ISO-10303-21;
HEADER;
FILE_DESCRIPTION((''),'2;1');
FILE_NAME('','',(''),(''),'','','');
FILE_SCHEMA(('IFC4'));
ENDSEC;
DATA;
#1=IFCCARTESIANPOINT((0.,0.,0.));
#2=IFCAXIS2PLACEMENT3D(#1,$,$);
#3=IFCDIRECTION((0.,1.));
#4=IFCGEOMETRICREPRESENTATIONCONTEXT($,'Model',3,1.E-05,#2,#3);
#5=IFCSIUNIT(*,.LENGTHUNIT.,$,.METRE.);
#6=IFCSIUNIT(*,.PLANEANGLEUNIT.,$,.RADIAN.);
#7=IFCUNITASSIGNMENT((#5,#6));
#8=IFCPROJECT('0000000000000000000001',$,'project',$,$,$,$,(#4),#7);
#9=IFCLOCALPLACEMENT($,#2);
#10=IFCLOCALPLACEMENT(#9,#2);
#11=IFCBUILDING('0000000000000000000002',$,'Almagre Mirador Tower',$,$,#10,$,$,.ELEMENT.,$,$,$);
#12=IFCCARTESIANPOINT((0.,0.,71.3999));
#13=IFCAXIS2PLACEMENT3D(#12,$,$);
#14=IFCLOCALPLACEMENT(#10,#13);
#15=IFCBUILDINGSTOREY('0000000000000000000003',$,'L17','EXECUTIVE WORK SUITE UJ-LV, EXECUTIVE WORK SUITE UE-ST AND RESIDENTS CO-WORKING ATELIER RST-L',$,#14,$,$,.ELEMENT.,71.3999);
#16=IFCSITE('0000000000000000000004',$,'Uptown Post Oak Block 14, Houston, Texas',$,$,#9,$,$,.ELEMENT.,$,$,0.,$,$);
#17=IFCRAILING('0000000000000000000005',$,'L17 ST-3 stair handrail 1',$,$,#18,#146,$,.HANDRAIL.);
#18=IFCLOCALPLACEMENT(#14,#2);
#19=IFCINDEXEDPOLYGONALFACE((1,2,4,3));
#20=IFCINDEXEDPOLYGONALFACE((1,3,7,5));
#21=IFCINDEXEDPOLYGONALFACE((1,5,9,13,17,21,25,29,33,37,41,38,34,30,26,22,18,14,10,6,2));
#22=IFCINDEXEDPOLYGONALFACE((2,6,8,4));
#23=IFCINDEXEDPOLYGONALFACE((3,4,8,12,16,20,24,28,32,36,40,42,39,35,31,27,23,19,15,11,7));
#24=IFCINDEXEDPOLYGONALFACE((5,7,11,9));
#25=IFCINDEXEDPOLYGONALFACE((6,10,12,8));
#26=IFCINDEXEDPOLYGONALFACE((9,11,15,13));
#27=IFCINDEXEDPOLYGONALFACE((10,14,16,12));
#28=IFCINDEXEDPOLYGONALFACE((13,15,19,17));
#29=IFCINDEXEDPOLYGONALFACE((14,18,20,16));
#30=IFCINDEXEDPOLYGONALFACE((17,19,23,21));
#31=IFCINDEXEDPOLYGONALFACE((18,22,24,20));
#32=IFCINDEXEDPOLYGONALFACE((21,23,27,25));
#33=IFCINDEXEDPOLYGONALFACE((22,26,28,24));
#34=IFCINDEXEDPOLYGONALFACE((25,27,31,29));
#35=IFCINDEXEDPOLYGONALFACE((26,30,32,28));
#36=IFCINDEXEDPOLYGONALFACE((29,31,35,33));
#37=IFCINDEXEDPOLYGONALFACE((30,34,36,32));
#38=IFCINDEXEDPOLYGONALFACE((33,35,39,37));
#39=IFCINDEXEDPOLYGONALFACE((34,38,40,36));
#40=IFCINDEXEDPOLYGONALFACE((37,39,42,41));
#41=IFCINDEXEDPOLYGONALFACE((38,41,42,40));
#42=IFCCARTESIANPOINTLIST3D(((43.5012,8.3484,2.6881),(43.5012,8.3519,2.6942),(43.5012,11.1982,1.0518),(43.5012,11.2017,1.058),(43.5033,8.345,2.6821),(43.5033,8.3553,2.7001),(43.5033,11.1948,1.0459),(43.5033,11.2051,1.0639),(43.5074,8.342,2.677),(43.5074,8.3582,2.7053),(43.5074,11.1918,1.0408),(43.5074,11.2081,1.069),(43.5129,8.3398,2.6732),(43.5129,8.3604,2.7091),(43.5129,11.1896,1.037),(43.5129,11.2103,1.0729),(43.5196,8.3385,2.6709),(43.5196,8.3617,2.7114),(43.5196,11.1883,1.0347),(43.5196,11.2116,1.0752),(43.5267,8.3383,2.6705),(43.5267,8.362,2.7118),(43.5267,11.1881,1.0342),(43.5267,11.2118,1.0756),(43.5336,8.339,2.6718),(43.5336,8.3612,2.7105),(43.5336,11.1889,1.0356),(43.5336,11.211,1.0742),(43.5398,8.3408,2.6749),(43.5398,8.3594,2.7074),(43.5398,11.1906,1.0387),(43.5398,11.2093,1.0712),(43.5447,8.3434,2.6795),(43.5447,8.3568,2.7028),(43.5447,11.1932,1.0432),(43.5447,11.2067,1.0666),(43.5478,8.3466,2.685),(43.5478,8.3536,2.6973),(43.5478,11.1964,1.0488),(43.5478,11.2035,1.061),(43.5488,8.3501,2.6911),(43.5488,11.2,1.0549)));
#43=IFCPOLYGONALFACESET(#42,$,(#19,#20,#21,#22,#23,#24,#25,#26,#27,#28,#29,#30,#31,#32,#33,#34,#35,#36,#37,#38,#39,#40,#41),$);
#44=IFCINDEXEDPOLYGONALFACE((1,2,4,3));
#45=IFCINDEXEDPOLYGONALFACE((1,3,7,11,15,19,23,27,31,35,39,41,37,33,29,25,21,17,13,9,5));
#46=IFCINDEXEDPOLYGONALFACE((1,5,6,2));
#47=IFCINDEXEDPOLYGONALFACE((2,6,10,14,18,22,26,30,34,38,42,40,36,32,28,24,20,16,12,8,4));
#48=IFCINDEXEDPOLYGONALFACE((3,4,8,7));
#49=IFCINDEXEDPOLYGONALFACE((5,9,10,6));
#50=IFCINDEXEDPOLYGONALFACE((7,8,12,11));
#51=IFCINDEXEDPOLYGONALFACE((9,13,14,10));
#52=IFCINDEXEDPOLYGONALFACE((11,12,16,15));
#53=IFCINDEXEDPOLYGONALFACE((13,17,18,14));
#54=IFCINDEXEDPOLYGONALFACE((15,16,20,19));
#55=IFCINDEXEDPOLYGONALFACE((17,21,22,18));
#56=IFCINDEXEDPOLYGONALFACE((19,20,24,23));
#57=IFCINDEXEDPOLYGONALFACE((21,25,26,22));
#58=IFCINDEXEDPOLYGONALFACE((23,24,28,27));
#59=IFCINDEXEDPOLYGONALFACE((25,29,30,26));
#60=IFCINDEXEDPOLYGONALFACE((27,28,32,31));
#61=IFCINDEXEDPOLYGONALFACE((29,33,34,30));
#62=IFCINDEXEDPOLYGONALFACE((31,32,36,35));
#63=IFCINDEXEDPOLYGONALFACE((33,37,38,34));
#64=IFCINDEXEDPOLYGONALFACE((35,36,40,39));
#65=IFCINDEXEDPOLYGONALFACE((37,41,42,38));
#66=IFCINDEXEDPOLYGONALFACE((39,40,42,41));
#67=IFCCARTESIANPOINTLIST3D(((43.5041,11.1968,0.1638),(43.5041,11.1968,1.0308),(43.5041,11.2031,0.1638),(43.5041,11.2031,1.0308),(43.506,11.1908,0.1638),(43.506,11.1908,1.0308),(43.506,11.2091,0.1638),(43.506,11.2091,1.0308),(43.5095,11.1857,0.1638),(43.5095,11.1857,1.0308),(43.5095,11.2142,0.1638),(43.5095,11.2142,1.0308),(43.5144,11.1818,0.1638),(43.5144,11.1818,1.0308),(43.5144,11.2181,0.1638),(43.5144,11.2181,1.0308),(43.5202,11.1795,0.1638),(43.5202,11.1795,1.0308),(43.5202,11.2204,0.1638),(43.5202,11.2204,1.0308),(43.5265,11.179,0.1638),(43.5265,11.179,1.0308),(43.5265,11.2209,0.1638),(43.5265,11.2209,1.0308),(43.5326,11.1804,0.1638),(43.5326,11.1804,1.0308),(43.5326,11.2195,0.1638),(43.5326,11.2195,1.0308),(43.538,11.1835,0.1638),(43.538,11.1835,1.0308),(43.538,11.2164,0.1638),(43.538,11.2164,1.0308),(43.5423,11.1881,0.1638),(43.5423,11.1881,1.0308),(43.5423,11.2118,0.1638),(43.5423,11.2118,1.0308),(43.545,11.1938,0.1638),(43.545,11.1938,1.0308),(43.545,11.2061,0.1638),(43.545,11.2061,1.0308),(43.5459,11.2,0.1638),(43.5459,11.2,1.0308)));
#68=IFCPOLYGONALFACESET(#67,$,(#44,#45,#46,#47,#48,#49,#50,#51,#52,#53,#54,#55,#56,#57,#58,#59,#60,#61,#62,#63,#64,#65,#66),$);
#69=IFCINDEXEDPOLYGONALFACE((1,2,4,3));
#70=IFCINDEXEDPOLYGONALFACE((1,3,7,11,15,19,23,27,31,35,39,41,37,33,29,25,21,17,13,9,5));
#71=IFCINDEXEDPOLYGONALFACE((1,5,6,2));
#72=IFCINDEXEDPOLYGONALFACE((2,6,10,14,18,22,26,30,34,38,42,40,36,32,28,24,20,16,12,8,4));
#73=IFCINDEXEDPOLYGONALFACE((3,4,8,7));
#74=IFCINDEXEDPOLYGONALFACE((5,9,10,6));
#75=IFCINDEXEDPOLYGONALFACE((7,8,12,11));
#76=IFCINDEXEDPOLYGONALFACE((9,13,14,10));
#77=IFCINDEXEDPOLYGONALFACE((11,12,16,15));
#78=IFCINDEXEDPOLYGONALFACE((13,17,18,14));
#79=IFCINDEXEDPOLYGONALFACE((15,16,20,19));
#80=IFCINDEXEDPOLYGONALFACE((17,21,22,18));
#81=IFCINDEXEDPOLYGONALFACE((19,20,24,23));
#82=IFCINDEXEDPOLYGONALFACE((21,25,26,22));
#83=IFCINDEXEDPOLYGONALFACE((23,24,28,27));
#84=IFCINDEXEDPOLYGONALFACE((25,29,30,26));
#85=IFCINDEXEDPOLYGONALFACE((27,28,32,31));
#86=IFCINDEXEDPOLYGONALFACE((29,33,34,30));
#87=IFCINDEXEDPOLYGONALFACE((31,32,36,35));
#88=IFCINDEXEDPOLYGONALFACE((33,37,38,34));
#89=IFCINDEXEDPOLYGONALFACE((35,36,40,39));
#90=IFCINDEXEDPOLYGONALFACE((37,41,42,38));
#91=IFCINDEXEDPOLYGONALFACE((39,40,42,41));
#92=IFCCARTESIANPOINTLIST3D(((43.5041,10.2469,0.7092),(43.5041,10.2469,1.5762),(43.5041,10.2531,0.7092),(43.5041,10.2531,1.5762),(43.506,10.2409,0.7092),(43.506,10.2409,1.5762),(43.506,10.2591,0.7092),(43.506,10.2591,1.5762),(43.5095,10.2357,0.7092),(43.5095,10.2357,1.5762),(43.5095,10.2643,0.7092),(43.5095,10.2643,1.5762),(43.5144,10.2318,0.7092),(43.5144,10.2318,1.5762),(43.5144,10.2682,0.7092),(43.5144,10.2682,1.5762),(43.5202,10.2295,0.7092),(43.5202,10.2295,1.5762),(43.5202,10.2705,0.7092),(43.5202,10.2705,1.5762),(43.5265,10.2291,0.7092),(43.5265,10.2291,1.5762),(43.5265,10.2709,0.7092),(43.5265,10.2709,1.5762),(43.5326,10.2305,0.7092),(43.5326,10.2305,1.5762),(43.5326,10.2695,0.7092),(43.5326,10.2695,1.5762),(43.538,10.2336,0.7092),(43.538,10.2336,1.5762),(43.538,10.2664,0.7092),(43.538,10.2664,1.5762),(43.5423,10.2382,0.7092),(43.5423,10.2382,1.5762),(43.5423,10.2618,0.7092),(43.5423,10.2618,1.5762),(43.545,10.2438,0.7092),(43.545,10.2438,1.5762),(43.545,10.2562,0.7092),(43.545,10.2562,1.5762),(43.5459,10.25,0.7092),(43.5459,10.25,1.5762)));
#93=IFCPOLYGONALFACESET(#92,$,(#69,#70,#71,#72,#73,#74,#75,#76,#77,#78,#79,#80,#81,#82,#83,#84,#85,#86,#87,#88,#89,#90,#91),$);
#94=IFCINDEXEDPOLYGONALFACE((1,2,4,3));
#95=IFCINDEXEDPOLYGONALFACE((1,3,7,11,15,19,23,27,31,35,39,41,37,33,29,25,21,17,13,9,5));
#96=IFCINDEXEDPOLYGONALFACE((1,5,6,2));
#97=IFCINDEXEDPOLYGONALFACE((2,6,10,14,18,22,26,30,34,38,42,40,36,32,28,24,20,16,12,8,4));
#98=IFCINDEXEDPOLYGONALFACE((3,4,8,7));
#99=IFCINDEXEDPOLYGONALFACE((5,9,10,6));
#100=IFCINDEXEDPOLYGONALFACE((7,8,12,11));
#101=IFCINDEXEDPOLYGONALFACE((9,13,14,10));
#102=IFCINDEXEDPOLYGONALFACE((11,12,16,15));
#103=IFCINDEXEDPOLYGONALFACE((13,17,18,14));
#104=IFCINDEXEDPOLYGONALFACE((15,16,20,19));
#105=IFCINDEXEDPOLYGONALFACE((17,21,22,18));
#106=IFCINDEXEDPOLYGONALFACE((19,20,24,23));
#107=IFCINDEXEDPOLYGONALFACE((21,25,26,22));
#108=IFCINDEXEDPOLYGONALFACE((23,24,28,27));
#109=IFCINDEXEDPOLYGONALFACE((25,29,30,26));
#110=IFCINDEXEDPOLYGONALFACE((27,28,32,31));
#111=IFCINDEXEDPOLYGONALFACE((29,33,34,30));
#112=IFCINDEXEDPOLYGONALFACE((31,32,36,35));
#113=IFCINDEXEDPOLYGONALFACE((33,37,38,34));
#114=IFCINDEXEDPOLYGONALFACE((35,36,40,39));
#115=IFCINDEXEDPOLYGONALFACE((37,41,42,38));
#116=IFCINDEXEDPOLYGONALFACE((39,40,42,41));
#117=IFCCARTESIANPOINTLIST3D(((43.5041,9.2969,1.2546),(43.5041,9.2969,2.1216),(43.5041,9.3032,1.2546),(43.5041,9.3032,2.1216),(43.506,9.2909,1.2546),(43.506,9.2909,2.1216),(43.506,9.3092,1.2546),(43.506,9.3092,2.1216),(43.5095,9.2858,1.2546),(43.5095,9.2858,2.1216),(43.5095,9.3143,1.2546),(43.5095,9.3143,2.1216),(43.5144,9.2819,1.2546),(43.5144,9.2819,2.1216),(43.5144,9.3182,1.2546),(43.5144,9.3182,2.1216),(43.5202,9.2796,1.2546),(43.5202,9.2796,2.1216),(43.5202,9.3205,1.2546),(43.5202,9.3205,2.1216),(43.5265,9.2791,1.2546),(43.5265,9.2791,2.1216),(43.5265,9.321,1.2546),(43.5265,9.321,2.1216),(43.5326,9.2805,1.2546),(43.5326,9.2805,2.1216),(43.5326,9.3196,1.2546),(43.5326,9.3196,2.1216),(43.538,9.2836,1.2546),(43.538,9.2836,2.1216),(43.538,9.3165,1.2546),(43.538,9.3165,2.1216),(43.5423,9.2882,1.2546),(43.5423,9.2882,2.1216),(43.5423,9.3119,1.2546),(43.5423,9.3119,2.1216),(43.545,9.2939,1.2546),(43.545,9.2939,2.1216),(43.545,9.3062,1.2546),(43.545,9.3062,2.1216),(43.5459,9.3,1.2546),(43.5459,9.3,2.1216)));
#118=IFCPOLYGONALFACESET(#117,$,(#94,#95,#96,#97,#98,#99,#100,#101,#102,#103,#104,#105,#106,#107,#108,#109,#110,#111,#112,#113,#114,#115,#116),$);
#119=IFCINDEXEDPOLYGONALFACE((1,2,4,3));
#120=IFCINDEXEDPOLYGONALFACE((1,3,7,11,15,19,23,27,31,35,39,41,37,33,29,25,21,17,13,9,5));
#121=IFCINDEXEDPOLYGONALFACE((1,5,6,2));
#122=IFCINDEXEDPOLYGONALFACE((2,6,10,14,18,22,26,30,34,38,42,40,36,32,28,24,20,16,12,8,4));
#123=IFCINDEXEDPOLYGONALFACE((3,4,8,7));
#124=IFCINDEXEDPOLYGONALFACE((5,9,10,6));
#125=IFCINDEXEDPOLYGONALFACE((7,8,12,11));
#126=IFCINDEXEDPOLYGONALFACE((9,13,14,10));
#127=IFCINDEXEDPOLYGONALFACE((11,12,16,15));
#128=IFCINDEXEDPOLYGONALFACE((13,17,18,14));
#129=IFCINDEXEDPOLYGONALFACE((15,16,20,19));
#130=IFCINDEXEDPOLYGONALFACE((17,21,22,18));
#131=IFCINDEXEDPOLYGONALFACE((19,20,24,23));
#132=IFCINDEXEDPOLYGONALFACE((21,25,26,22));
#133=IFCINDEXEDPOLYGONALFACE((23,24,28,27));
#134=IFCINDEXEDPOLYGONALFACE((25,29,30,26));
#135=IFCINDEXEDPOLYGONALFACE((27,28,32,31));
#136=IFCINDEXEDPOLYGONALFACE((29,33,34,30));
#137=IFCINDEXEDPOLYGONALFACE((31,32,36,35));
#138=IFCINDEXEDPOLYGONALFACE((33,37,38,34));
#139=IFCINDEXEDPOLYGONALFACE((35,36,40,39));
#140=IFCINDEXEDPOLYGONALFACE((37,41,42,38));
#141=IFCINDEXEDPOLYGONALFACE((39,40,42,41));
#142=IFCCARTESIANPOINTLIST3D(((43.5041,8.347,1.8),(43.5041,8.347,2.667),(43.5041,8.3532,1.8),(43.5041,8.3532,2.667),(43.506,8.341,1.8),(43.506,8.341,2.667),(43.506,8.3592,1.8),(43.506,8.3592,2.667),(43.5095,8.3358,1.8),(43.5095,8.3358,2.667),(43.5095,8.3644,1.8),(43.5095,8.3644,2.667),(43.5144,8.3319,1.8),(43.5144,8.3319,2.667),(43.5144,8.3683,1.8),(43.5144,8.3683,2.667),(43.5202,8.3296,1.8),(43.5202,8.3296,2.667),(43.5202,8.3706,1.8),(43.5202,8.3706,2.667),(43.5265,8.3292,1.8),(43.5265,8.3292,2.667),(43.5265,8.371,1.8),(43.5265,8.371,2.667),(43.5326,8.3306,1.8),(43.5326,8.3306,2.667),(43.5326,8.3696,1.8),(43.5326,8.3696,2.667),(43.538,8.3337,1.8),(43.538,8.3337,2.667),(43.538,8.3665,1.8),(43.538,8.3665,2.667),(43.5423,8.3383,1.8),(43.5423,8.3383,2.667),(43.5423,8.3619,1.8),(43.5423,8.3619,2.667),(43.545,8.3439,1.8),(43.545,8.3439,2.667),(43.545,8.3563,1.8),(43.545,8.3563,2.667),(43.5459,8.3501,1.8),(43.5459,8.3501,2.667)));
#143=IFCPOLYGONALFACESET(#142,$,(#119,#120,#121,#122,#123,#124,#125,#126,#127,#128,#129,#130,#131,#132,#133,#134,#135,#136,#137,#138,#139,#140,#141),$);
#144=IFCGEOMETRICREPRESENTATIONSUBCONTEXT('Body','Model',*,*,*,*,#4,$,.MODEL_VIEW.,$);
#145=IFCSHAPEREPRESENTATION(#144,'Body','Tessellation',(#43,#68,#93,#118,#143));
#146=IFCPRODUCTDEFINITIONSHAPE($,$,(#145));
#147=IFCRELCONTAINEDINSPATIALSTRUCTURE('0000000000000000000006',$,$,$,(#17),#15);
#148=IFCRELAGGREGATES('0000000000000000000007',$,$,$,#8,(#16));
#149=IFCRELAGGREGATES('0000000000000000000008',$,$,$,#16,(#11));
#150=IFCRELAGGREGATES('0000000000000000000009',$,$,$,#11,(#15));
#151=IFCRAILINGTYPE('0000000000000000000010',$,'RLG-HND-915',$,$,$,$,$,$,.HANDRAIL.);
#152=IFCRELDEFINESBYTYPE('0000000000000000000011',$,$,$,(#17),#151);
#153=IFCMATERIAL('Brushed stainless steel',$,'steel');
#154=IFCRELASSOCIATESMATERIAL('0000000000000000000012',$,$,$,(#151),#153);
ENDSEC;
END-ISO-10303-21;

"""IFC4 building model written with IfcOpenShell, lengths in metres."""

from ifc_helpers import new_model, si_unit, direction, frame, origin, origin_2d, place, context, subcontext, project, spatial, circle, extrude, material, type_object, element, save


model = new_model("IFC4")

# Units and contexts
model_context = context("Model", 3, precision=1e-05, world=origin(), true_north=direction((0.0, 1.0)))
body_context = subcontext(model_context, "Body", "Model", "MODEL_VIEW")
ifc_project = project(units=[si_unit("LENGTHUNIT", "METRE"), si_unit("PLANEANGLEUNIT", "RADIAN")], contexts=[model_context])

# Site, building, storey
site_placement = place(None, origin())
site = spatial("IfcSite", under=ifc_project, at=site_placement, Name="Uptown Post Oak Block 14, Houston, Texas", CompositionType="ELEMENT", RefElevation=0.0)
building_placement = place(site_placement, origin())
building = spatial("IfcBuilding", under=site, at=building_placement, Name="Almagre Mirador Tower", CompositionType="ELEMENT")
storey_placement = place(building_placement, frame((0.0, 0.0, 71.3999)))
storey = spatial("IfcBuildingStorey", under=building, at=storey_placement, Name="L17", Description="EXECUTIVE WORK SUITE UJ-LV, EXECUTIVE WORK SUITE UE-ST AND RESIDENTS CO-WORKING ATELIER RST-L", CompositionType="ELEMENT", Elevation=71.3999)

# Railing
ifc_material_1 = material(Name="Brushed stainless steel", Category="steel")
railing_type_1 = type_object("IfcRailingType", Name="RLG-HND-915", PredefinedType="HANDRAIL", material=ifc_material_1)
railing_1_placement = place(storey_placement, frame((43.5249, 11.2, 0.1638)))
element("IfcRailing", 1, at=railing_1_placement, inside=storey, type_object=railing_type_1, Name="L17 ST-3 stair handrail 1", PredefinedType="HANDRAIL", context=body_context, shape_type="SweptSolid", body=[
    extrude(circle(Radius=0.0239, at=origin_2d()), frame((0.0, 0.0, 0.8911), z_axis=(0.0, -0.867226, 0.497914), x_axis=(1.0, 0.0, 0.0)), (0.0, 0.0, 1.0), 3.2861),
    extrude(circle(Radius=0.021, at=origin_2d()), origin(), (0.0, 0.0, 1.0), 0.8669),
    extrude(circle(Radius=0.021, at=origin_2d()), frame((0.0, -0.95, 0.5454)), (0.0, 0.0, 1.0), 0.8669),
    extrude(circle(Radius=0.021, at=origin_2d()), frame((0.0, -1.8999, 1.0908)), (0.0, 0.0, 1.0), 0.8669),
    extrude(circle(Radius=0.021, at=origin_2d()), frame((0.0, -2.8499, 1.6362)), (0.0, 0.0, 1.0), 0.8669),
])

save(model, "model.ifc")
